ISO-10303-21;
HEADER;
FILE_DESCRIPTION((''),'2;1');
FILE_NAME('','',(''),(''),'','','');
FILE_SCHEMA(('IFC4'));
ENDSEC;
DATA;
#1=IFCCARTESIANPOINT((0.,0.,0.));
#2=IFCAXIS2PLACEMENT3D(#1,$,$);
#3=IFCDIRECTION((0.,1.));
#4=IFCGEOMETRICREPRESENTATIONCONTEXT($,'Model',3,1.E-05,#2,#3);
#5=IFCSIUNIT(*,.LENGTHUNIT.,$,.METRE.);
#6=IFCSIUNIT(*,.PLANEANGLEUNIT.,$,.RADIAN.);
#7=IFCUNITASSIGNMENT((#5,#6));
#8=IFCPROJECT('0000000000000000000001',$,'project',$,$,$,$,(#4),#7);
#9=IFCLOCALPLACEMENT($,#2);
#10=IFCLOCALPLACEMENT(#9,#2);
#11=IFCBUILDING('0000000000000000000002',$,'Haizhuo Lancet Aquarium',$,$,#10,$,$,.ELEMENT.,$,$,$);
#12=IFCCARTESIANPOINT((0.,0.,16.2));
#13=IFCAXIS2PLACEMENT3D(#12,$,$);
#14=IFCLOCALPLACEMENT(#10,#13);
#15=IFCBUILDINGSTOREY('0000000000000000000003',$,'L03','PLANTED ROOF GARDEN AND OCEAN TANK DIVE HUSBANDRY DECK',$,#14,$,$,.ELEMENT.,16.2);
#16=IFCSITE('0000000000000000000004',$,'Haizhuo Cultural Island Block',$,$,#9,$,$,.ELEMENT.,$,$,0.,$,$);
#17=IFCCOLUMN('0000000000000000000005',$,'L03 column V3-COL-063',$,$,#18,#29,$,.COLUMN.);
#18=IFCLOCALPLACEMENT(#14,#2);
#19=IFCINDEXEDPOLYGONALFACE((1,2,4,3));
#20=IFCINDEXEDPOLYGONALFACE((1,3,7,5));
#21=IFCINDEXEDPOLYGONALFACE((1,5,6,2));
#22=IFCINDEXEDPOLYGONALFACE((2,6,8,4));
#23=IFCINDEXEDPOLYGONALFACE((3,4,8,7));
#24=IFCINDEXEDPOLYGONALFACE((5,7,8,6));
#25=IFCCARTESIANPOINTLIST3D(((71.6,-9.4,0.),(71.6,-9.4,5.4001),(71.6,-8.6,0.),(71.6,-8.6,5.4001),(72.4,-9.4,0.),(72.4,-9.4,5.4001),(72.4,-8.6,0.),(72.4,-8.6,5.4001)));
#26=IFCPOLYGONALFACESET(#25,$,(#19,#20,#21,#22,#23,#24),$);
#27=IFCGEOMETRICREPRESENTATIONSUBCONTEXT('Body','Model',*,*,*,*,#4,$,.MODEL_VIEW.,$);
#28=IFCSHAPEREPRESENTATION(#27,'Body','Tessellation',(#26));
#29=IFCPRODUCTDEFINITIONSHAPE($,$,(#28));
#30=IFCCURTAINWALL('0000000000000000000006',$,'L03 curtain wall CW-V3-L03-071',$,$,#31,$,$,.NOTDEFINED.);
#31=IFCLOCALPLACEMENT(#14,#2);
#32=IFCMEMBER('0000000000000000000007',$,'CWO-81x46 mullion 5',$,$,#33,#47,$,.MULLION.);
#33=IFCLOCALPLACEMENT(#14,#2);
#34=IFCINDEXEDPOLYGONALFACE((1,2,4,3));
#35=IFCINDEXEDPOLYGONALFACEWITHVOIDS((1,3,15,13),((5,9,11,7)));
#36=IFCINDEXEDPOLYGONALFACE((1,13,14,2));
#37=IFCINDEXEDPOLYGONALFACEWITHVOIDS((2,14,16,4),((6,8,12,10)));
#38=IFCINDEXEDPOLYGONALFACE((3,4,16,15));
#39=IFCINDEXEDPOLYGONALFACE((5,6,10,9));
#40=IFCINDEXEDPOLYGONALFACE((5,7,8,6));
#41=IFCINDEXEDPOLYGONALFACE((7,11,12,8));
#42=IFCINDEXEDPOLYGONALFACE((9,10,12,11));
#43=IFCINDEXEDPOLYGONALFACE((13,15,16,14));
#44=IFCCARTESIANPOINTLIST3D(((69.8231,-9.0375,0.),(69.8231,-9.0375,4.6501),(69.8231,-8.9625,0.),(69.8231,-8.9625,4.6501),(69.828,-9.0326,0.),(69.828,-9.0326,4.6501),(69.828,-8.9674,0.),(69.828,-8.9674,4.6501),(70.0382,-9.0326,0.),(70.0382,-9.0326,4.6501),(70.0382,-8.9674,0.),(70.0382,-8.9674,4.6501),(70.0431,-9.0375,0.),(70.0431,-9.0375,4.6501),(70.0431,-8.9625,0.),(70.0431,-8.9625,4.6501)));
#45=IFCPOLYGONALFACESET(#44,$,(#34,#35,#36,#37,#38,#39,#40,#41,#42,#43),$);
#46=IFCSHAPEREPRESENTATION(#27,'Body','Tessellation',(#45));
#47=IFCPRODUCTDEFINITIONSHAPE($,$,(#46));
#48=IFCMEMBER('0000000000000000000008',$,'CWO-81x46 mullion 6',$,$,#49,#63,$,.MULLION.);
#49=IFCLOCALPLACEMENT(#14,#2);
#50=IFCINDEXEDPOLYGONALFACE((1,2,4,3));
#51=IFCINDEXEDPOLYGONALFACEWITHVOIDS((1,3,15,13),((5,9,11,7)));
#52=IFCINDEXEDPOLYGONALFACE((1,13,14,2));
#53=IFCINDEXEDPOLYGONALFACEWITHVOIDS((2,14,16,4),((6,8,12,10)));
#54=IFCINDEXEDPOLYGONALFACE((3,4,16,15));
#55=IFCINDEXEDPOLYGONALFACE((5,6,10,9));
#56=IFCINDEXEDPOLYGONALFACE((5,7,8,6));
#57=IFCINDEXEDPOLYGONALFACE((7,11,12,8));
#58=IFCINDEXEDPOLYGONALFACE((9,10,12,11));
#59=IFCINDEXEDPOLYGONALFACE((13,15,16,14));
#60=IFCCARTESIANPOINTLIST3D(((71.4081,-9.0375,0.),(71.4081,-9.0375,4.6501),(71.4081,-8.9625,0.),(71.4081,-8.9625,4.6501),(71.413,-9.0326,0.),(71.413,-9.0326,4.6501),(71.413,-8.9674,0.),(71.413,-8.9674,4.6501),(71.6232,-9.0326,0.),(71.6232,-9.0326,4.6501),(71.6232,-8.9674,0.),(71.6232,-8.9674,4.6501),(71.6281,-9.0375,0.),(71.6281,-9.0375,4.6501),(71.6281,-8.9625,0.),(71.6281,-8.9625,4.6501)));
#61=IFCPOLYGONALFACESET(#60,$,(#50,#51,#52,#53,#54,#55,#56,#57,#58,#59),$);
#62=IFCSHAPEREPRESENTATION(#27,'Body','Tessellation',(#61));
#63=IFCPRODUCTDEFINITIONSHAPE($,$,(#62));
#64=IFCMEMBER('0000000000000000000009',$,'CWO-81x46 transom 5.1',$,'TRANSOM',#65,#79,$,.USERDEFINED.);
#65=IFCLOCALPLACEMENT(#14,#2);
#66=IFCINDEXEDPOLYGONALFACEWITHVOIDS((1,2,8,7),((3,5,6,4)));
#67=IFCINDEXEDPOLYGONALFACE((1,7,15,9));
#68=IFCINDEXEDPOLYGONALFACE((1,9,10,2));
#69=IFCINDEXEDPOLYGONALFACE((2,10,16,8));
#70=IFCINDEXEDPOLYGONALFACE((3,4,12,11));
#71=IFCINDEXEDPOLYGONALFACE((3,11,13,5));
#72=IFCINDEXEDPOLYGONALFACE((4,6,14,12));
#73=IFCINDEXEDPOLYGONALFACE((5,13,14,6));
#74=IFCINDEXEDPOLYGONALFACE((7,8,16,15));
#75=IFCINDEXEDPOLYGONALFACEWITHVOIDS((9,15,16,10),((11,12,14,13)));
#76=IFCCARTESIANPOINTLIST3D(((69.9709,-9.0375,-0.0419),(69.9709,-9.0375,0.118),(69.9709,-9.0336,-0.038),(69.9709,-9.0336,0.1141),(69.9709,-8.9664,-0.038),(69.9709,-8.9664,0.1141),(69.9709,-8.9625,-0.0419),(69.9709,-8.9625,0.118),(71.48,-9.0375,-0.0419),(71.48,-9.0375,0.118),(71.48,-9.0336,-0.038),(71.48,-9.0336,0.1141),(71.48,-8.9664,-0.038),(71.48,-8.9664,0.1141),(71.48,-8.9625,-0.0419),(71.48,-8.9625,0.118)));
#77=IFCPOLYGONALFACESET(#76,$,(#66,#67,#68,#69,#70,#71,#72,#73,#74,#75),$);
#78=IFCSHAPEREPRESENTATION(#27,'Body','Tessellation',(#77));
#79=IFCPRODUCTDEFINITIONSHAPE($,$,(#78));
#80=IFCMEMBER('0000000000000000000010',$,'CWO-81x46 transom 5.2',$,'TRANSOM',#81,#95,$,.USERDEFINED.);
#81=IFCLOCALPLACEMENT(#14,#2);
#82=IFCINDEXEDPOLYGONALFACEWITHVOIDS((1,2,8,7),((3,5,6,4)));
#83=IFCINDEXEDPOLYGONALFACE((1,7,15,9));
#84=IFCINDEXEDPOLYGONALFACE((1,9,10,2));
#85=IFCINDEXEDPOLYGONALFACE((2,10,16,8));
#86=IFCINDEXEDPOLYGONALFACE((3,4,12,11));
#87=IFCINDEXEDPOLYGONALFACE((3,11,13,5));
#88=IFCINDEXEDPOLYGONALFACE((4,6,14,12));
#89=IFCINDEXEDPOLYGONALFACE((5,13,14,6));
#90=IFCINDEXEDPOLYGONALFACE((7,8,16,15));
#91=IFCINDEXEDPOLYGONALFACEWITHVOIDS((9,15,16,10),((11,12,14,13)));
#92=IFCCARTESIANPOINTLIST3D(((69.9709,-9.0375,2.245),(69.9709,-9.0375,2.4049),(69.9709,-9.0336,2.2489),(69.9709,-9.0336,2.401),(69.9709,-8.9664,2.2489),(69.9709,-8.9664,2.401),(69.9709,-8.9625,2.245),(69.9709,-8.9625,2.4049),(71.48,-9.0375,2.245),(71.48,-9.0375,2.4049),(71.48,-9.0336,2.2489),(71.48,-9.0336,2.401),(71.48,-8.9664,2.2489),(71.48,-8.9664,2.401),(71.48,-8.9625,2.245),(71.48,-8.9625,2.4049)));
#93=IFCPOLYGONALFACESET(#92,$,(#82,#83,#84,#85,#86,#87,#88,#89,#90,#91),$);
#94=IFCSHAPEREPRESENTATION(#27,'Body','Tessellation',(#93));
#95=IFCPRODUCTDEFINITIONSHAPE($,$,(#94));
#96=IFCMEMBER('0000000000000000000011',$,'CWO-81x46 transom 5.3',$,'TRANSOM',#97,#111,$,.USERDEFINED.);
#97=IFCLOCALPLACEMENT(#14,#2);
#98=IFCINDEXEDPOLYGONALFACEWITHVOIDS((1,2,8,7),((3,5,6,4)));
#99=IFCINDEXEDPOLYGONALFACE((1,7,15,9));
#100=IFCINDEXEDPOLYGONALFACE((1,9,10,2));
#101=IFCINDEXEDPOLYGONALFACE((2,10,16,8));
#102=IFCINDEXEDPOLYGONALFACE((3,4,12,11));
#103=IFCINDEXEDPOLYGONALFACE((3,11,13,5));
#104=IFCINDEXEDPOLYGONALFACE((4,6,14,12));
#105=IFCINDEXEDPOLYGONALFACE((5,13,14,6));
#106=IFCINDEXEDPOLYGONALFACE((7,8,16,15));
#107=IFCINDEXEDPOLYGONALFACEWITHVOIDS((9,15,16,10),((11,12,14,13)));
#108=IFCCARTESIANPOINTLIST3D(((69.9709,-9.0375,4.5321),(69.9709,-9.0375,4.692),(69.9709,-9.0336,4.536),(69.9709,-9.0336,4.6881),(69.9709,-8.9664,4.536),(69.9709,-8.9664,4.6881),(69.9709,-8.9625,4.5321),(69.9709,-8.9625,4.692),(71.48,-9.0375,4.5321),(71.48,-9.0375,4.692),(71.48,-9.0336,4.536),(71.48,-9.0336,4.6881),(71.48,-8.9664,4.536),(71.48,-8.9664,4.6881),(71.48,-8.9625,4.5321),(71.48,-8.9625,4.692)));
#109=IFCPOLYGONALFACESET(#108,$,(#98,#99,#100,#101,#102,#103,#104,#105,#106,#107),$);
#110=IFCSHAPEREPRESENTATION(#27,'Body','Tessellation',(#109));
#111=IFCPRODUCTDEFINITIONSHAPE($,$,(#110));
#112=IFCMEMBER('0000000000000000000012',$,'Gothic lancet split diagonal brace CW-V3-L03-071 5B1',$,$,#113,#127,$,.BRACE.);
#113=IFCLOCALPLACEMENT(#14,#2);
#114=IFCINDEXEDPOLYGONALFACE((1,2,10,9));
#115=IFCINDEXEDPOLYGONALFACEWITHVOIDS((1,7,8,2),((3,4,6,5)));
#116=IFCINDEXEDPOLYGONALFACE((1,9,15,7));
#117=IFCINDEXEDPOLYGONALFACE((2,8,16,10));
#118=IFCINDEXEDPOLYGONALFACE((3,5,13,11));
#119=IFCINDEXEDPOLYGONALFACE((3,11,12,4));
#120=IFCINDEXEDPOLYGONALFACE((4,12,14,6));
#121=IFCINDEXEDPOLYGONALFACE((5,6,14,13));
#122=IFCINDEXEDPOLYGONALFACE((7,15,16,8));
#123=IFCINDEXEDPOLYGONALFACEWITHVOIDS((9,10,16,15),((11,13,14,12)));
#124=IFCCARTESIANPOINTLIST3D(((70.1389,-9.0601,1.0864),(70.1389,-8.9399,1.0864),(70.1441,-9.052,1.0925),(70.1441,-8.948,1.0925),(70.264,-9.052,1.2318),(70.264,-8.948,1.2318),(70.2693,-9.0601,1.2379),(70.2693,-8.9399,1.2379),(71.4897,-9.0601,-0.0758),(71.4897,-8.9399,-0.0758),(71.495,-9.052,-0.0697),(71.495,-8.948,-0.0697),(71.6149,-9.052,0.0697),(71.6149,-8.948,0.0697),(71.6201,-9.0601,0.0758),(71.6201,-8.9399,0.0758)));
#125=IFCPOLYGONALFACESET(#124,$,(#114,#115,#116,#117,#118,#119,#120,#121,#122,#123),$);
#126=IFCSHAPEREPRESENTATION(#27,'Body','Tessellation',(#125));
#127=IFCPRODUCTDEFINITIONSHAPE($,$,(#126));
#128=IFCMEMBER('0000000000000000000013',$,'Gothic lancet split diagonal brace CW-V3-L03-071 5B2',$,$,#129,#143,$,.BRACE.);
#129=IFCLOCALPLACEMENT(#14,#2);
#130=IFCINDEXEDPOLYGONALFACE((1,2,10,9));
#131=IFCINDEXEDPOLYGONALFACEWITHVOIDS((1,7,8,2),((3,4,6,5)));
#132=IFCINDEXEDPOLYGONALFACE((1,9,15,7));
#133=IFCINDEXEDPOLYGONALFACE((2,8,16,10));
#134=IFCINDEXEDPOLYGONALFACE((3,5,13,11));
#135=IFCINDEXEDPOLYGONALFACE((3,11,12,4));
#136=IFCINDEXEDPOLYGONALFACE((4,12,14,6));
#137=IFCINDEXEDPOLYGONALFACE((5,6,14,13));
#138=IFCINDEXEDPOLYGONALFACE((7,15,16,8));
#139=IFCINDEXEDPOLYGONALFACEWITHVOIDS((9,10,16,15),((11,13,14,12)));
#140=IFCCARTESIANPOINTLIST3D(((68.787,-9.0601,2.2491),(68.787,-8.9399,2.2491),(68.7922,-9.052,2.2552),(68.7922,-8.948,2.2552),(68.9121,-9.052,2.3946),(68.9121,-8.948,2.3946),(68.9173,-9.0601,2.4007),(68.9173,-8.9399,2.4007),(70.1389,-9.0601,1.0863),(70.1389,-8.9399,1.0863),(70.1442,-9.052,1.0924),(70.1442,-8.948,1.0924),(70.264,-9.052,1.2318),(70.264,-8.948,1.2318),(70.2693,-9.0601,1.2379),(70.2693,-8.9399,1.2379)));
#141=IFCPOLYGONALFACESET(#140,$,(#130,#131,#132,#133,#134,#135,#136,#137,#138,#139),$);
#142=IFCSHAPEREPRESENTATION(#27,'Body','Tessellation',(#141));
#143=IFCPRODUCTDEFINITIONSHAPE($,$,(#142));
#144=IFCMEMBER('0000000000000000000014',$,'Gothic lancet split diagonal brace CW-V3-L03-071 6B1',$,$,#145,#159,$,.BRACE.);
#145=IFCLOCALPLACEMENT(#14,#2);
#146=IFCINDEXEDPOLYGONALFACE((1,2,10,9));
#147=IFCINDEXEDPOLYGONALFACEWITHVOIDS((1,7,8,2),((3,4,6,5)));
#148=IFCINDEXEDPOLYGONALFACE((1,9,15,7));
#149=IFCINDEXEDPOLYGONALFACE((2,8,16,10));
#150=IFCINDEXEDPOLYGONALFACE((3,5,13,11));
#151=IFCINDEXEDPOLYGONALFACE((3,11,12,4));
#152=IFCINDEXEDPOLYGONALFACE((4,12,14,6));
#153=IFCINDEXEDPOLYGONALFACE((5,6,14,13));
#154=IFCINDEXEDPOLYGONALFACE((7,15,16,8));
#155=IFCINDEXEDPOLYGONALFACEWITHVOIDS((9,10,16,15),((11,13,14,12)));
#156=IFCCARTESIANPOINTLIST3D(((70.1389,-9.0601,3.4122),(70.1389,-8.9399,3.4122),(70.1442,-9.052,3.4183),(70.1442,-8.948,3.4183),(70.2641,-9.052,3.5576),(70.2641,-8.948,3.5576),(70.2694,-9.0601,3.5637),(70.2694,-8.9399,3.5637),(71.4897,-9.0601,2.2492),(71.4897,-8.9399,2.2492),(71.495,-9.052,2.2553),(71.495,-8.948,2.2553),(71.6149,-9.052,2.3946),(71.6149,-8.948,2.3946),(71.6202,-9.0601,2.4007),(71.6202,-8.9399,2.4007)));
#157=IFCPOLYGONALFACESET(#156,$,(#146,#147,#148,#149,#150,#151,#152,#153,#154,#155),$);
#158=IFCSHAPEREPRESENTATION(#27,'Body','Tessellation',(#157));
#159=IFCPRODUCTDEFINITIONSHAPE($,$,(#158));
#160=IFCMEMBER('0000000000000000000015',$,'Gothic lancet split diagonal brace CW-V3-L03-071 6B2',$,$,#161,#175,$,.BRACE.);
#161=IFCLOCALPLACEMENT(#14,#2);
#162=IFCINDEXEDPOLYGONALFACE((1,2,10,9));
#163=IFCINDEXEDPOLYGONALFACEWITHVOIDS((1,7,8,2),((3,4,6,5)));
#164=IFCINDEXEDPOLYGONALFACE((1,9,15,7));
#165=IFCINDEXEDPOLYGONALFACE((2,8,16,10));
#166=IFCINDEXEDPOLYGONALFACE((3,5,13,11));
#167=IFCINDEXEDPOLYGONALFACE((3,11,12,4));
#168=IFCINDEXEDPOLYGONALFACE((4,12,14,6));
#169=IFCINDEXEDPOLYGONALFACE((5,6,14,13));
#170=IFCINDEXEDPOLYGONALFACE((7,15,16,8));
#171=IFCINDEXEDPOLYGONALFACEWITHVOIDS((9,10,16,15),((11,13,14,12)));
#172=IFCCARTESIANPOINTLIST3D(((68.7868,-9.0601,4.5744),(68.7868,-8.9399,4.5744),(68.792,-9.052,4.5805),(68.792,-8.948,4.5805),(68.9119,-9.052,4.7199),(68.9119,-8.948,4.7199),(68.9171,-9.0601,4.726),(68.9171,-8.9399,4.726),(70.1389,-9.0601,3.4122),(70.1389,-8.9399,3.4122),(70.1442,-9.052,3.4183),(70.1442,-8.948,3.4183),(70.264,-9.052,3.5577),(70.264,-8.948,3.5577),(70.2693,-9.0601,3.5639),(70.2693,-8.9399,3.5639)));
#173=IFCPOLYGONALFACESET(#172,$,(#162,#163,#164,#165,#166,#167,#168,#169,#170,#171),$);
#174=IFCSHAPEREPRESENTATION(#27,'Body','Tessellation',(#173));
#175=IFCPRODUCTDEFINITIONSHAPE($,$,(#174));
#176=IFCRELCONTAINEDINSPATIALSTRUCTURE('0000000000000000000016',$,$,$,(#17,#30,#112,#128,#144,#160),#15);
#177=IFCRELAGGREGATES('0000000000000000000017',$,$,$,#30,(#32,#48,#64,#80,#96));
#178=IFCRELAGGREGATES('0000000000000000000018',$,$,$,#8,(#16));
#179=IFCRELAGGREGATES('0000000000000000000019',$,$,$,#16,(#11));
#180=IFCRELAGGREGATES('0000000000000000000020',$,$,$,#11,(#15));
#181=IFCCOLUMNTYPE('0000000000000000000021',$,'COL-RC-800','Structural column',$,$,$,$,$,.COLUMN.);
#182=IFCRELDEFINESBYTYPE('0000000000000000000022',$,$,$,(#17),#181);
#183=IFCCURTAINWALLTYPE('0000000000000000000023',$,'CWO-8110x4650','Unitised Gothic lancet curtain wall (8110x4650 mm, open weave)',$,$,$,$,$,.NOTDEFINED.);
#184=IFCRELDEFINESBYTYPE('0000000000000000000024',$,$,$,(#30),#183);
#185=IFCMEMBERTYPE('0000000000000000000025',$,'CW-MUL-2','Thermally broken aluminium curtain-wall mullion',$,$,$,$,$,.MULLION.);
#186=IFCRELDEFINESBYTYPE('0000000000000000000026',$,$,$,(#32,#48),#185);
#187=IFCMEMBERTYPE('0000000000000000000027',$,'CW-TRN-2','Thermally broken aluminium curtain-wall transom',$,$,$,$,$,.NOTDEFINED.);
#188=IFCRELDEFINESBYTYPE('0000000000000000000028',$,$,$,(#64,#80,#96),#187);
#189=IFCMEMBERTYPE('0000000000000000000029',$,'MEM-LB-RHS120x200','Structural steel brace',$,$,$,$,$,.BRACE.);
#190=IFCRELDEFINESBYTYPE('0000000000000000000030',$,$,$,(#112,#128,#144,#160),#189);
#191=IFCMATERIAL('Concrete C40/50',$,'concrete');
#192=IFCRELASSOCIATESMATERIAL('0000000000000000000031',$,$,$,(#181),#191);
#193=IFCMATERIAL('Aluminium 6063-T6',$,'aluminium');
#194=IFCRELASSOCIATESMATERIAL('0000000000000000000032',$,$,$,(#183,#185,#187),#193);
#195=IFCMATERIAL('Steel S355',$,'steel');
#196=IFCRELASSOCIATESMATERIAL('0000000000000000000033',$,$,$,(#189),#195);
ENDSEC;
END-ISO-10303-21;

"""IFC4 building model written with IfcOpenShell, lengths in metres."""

from ifc_helpers import new_model, si_unit, direction, frame, origin, origin_2d, place, context, subcontext, project, spatial, rectangle, hollow_rectangle, extrude, material, material_profile, profile_set, type_object, element, aggregate, save


model = new_model("IFC4")

# Units and contexts
model_context = context("Model", 3, precision=1e-05, world=origin(), true_north=direction((0.0, 1.0)))
body_context = subcontext(model_context, "Body", "Model", "MODEL_VIEW")
ifc_project = project(units=[si_unit("LENGTHUNIT", "METRE"), si_unit("PLANEANGLEUNIT", "RADIAN")], contexts=[model_context])

# Site, building, storey
site_placement = place(None, origin())
site = spatial("IfcSite", under=ifc_project, at=site_placement, Name="Haizhuo Cultural Island Block", CompositionType="ELEMENT", RefElevation=0.0)
building_placement = place(site_placement, origin())
building = spatial("IfcBuilding", under=site, at=building_placement, Name="Haizhuo Lancet Aquarium", CompositionType="ELEMENT")
storey_placement = place(building_placement, frame((0.0, 0.0, 16.2)))
storey = spatial("IfcBuildingStorey", under=building, at=storey_placement, Name="L03", Description="PLANTED ROOF GARDEN AND OCEAN TANK DIVE HUSBANDRY DECK", CompositionType="ELEMENT", Elevation=16.2)

# Column
ifc_material_1 = material(Name="Concrete C40/50", Category="concrete")
ifc_material_profile_1 = material_profile(ifc_material_1, rectangle(XDim=0.8, YDim=0.8, at=origin_2d()), Name="RC-COL 800x800")
ifc_profile_set_1 = profile_set([ifc_material_profile_1], Name="Concrete C40/50")
column_type = type_object("IfcColumnType", Name="COL-RC-800", Description="Structural column", PredefinedType="COLUMN", material=ifc_profile_set_1)
column_placement = place(storey_placement, frame((72.0, -9.0, 0.0), z_axis=(0.0, 0.0, 1.0), x_axis=(1.0, 0.0, 0.0)))
element("IfcColumn", 1, at=column_placement, inside=storey, type_object=column_type, Name="L03 column V3-COL-063", PredefinedType="COLUMN", context=body_context, shape_type="SweptSolid", body=[
    extrude(rectangle(XDim=0.8, YDim=0.8, at=origin_2d()), origin(), (0.0, 0.0, 1.0), 5.4001),
])

# Curtain wall, members
ifc_material_2 = material(Name="Aluminium 6063-T6", Category="aluminium")
curtain_wall_type = type_object("IfcCurtainWallType", Name="CWO-8110x4650", Description="Unitised Gothic lancet curtain wall (8110x4650 mm, open weave)", PredefinedType="NOTDEFINED", material=ifc_material_2)
curtain_wall_placement = place(storey_placement, origin())
curtain_wall = element("IfcCurtainWall", 2, at=curtain_wall_placement, inside=storey, type_object=curtain_wall_type, Name="L03 curtain wall CW-V3-L03-071", PredefinedType="NOTDEFINED")
ifc_material_profile_2 = material_profile(ifc_material_2, hollow_rectangle(XDim=0.075, YDim=0.22, WallThickness=0.0049, at=origin_2d()), Name="ALU-M 75x220x5")
ifc_profile_set_2 = profile_set([ifc_material_profile_2], Name="Aluminium 6063-T6")
member_type_1 = type_object("IfcMemberType", Name="CW-MUL-2", Description="Thermally broken aluminium curtain-wall mullion", PredefinedType="MULLION", material=ifc_profile_set_2)
member_1_placement = place(storey_placement, frame((69.9331, -9.0, 0.0), z_axis=(0.0, 0.0, 1.0), x_axis=(0.0, 1.0, 0.0)))
member_1 = element("IfcMember", 3, at=member_1_placement, type_object=member_type_1, Name="CWO-81x46 mullion 5", PredefinedType="MULLION", context=body_context, shape_type="SweptSolid", body=[
    extrude(hollow_rectangle(XDim=0.075, YDim=0.22, WallThickness=0.0049, at=origin_2d()), origin(), (0.0, 0.0, 1.0), 4.6501),
])
member_2_placement = place(storey_placement, frame((71.5181, -9.0, 0.0), z_axis=(0.0, 0.0, 1.0), x_axis=(0.0, 1.0, 0.0)))
member_2 = element("IfcMember", 4, at=member_2_placement, type_object=member_type_1, Name="CWO-81x46 mullion 6", PredefinedType="MULLION", context=body_context, shape_type="SweptSolid", body=[
    extrude(hollow_rectangle(XDim=0.075, YDim=0.22, WallThickness=0.0049, at=origin_2d()), origin(), (0.0, 0.0, 1.0), 4.6501),
])
ifc_material_profile_3 = material_profile(ifc_material_2, hollow_rectangle(XDim=0.075, YDim=0.1599, WallThickness=0.0039, at=origin_2d()), Name="ALU-T 75x160x4")
ifc_profile_set_3 = profile_set([ifc_material_profile_3], Name="Aluminium 6063-T6")
member_type_2 = type_object("IfcMemberType", Name="CW-TRN-2", Description="Thermally broken aluminium curtain-wall transom", PredefinedType="NOTDEFINED", material=ifc_profile_set_3)
member_3_placement = place(storey_placement, frame((69.9709, -9.0, 0.0381), z_axis=(1.0, 0.0, 0.0), x_axis=(0.0, 1.0, 0.0)))
member_3 = element("IfcMember", 5, at=member_3_placement, type_object=member_type_2, Name="CWO-81x46 transom 5.1", ObjectType="TRANSOM", PredefinedType="USERDEFINED", context=body_context, shape_type="SweptSolid", body=[
    extrude(hollow_rectangle(XDim=0.075, YDim=0.1599, WallThickness=0.0039, at=origin_2d()), origin(), (0.0, 0.0, 1.0), 1.509),
])
member_4_placement = place(storey_placement, frame((69.9709, -9.0, 2.325), z_axis=(1.0, 0.0, 0.0), x_axis=(0.0, 1.0, 0.0)))
member_4 = element("IfcMember", 6, at=member_4_placement, type_object=member_type_2, Name="CWO-81x46 transom 5.2", ObjectType="TRANSOM", PredefinedType="USERDEFINED", context=body_context, shape_type="SweptSolid", body=[
    extrude(hollow_rectangle(XDim=0.075, YDim=0.1599, WallThickness=0.0039, at=origin_2d()), origin(), (0.0, 0.0, 1.0), 1.509),
])
member_5_placement = place(storey_placement, frame((69.9709, -9.0, 4.6121), z_axis=(1.0, 0.0, 0.0), x_axis=(0.0, 1.0, 0.0)))
member_5 = element("IfcMember", 7, at=member_5_placement, type_object=member_type_2, Name="CWO-81x46 transom 5.3", ObjectType="TRANSOM", PredefinedType="USERDEFINED", context=body_context, shape_type="SweptSolid", body=[
    extrude(hollow_rectangle(XDim=0.075, YDim=0.1599, WallThickness=0.0039, at=origin_2d()), origin(), (0.0, 0.0, 1.0), 1.509),
])

# Members
ifc_material_3 = material(Name="Steel S355", Category="steel")
ifc_material_profile_4 = material_profile(ifc_material_3, hollow_rectangle(XDim=0.1201, YDim=0.2, WallThickness=0.0081, at=origin_2d()), Name="RHS 120x200x8")
ifc_profile_set_4 = profile_set([ifc_material_profile_4], Name="Steel S355")
member_type_3 = type_object("IfcMemberType", Name="MEM-LB-RHS120x200", Description="Structural steel brace", PredefinedType="BRACE", material=ifc_profile_set_4)
member_6_placement = place(storey_placement, frame((71.5549, -9.0, 0.0), z_axis=(-0.758075, 0.0, 0.652167), x_axis=(0.0, -1.0, 0.0)))
element("IfcMember", 8, at=member_6_placement, inside=storey, type_object=member_type_3, Name="Gothic lancet split diagonal brace CW-V3-L03-071 5B1", PredefinedType="BRACE", context=body_context, shape_type="SweptSolid", body=[
    extrude(hollow_rectangle(XDim=0.1201, YDim=0.2, WallThickness=0.0081, at=origin_2d()), origin(), (0.0, 0.0, 1.0), 1.782),
])
member_7_placement = place(storey_placement, frame((70.2041, -9.0, 1.1621), z_axis=(-0.758164, 0.0, 0.652064), x_axis=(0.0, -1.0, 0.0)))
element("IfcMember", 9, at=member_7_placement, inside=storey, type_object=member_type_3, Name="Gothic lancet split diagonal brace CW-V3-L03-071 5B2", PredefinedType="BRACE", context=body_context, shape_type="SweptSolid", body=[
    extrude(hollow_rectangle(XDim=0.1201, YDim=0.2, WallThickness=0.0081, at=origin_2d()), origin(), (0.0, 0.0, 1.0), 1.7832),
])
member_8_placement = place(storey_placement, frame((71.5549, -9.0, 2.325), z_axis=(-0.757805, 0.0, 0.652482), x_axis=(0.0, -1.0, 0.0)))
element("IfcMember", 10, at=member_8_placement, inside=storey, type_object=member_type_3, Name="Gothic lancet split diagonal brace CW-V3-L03-071 6B1", PredefinedType="BRACE", context=body_context, shape_type="SweptSolid", body=[
    extrude(hollow_rectangle(XDim=0.1201, YDim=0.2, WallThickness=0.0081, at=origin_2d()), origin(), (0.0, 0.0, 1.0), 1.7825),
])
member_9_placement = place(storey_placement, frame((70.2041, -9.0, 3.488), z_axis=(-0.758367, 0.0, 0.651828), x_axis=(0.0, -1.0, 0.0)))
element("IfcMember", 11, at=member_9_placement, inside=storey, type_object=member_type_3, Name="Gothic lancet split diagonal brace CW-V3-L03-071 6B2", PredefinedType="BRACE", context=body_context, shape_type="SweptSolid", body=[
    extrude(hollow_rectangle(XDim=0.1201, YDim=0.2, WallThickness=0.0081, at=origin_2d()), origin(), (0.0, 0.0, 1.0), 1.783),
])

aggregate(curtain_wall, [member_1, member_2, member_3, member_4, member_5])

save(model, "model.ifc")
